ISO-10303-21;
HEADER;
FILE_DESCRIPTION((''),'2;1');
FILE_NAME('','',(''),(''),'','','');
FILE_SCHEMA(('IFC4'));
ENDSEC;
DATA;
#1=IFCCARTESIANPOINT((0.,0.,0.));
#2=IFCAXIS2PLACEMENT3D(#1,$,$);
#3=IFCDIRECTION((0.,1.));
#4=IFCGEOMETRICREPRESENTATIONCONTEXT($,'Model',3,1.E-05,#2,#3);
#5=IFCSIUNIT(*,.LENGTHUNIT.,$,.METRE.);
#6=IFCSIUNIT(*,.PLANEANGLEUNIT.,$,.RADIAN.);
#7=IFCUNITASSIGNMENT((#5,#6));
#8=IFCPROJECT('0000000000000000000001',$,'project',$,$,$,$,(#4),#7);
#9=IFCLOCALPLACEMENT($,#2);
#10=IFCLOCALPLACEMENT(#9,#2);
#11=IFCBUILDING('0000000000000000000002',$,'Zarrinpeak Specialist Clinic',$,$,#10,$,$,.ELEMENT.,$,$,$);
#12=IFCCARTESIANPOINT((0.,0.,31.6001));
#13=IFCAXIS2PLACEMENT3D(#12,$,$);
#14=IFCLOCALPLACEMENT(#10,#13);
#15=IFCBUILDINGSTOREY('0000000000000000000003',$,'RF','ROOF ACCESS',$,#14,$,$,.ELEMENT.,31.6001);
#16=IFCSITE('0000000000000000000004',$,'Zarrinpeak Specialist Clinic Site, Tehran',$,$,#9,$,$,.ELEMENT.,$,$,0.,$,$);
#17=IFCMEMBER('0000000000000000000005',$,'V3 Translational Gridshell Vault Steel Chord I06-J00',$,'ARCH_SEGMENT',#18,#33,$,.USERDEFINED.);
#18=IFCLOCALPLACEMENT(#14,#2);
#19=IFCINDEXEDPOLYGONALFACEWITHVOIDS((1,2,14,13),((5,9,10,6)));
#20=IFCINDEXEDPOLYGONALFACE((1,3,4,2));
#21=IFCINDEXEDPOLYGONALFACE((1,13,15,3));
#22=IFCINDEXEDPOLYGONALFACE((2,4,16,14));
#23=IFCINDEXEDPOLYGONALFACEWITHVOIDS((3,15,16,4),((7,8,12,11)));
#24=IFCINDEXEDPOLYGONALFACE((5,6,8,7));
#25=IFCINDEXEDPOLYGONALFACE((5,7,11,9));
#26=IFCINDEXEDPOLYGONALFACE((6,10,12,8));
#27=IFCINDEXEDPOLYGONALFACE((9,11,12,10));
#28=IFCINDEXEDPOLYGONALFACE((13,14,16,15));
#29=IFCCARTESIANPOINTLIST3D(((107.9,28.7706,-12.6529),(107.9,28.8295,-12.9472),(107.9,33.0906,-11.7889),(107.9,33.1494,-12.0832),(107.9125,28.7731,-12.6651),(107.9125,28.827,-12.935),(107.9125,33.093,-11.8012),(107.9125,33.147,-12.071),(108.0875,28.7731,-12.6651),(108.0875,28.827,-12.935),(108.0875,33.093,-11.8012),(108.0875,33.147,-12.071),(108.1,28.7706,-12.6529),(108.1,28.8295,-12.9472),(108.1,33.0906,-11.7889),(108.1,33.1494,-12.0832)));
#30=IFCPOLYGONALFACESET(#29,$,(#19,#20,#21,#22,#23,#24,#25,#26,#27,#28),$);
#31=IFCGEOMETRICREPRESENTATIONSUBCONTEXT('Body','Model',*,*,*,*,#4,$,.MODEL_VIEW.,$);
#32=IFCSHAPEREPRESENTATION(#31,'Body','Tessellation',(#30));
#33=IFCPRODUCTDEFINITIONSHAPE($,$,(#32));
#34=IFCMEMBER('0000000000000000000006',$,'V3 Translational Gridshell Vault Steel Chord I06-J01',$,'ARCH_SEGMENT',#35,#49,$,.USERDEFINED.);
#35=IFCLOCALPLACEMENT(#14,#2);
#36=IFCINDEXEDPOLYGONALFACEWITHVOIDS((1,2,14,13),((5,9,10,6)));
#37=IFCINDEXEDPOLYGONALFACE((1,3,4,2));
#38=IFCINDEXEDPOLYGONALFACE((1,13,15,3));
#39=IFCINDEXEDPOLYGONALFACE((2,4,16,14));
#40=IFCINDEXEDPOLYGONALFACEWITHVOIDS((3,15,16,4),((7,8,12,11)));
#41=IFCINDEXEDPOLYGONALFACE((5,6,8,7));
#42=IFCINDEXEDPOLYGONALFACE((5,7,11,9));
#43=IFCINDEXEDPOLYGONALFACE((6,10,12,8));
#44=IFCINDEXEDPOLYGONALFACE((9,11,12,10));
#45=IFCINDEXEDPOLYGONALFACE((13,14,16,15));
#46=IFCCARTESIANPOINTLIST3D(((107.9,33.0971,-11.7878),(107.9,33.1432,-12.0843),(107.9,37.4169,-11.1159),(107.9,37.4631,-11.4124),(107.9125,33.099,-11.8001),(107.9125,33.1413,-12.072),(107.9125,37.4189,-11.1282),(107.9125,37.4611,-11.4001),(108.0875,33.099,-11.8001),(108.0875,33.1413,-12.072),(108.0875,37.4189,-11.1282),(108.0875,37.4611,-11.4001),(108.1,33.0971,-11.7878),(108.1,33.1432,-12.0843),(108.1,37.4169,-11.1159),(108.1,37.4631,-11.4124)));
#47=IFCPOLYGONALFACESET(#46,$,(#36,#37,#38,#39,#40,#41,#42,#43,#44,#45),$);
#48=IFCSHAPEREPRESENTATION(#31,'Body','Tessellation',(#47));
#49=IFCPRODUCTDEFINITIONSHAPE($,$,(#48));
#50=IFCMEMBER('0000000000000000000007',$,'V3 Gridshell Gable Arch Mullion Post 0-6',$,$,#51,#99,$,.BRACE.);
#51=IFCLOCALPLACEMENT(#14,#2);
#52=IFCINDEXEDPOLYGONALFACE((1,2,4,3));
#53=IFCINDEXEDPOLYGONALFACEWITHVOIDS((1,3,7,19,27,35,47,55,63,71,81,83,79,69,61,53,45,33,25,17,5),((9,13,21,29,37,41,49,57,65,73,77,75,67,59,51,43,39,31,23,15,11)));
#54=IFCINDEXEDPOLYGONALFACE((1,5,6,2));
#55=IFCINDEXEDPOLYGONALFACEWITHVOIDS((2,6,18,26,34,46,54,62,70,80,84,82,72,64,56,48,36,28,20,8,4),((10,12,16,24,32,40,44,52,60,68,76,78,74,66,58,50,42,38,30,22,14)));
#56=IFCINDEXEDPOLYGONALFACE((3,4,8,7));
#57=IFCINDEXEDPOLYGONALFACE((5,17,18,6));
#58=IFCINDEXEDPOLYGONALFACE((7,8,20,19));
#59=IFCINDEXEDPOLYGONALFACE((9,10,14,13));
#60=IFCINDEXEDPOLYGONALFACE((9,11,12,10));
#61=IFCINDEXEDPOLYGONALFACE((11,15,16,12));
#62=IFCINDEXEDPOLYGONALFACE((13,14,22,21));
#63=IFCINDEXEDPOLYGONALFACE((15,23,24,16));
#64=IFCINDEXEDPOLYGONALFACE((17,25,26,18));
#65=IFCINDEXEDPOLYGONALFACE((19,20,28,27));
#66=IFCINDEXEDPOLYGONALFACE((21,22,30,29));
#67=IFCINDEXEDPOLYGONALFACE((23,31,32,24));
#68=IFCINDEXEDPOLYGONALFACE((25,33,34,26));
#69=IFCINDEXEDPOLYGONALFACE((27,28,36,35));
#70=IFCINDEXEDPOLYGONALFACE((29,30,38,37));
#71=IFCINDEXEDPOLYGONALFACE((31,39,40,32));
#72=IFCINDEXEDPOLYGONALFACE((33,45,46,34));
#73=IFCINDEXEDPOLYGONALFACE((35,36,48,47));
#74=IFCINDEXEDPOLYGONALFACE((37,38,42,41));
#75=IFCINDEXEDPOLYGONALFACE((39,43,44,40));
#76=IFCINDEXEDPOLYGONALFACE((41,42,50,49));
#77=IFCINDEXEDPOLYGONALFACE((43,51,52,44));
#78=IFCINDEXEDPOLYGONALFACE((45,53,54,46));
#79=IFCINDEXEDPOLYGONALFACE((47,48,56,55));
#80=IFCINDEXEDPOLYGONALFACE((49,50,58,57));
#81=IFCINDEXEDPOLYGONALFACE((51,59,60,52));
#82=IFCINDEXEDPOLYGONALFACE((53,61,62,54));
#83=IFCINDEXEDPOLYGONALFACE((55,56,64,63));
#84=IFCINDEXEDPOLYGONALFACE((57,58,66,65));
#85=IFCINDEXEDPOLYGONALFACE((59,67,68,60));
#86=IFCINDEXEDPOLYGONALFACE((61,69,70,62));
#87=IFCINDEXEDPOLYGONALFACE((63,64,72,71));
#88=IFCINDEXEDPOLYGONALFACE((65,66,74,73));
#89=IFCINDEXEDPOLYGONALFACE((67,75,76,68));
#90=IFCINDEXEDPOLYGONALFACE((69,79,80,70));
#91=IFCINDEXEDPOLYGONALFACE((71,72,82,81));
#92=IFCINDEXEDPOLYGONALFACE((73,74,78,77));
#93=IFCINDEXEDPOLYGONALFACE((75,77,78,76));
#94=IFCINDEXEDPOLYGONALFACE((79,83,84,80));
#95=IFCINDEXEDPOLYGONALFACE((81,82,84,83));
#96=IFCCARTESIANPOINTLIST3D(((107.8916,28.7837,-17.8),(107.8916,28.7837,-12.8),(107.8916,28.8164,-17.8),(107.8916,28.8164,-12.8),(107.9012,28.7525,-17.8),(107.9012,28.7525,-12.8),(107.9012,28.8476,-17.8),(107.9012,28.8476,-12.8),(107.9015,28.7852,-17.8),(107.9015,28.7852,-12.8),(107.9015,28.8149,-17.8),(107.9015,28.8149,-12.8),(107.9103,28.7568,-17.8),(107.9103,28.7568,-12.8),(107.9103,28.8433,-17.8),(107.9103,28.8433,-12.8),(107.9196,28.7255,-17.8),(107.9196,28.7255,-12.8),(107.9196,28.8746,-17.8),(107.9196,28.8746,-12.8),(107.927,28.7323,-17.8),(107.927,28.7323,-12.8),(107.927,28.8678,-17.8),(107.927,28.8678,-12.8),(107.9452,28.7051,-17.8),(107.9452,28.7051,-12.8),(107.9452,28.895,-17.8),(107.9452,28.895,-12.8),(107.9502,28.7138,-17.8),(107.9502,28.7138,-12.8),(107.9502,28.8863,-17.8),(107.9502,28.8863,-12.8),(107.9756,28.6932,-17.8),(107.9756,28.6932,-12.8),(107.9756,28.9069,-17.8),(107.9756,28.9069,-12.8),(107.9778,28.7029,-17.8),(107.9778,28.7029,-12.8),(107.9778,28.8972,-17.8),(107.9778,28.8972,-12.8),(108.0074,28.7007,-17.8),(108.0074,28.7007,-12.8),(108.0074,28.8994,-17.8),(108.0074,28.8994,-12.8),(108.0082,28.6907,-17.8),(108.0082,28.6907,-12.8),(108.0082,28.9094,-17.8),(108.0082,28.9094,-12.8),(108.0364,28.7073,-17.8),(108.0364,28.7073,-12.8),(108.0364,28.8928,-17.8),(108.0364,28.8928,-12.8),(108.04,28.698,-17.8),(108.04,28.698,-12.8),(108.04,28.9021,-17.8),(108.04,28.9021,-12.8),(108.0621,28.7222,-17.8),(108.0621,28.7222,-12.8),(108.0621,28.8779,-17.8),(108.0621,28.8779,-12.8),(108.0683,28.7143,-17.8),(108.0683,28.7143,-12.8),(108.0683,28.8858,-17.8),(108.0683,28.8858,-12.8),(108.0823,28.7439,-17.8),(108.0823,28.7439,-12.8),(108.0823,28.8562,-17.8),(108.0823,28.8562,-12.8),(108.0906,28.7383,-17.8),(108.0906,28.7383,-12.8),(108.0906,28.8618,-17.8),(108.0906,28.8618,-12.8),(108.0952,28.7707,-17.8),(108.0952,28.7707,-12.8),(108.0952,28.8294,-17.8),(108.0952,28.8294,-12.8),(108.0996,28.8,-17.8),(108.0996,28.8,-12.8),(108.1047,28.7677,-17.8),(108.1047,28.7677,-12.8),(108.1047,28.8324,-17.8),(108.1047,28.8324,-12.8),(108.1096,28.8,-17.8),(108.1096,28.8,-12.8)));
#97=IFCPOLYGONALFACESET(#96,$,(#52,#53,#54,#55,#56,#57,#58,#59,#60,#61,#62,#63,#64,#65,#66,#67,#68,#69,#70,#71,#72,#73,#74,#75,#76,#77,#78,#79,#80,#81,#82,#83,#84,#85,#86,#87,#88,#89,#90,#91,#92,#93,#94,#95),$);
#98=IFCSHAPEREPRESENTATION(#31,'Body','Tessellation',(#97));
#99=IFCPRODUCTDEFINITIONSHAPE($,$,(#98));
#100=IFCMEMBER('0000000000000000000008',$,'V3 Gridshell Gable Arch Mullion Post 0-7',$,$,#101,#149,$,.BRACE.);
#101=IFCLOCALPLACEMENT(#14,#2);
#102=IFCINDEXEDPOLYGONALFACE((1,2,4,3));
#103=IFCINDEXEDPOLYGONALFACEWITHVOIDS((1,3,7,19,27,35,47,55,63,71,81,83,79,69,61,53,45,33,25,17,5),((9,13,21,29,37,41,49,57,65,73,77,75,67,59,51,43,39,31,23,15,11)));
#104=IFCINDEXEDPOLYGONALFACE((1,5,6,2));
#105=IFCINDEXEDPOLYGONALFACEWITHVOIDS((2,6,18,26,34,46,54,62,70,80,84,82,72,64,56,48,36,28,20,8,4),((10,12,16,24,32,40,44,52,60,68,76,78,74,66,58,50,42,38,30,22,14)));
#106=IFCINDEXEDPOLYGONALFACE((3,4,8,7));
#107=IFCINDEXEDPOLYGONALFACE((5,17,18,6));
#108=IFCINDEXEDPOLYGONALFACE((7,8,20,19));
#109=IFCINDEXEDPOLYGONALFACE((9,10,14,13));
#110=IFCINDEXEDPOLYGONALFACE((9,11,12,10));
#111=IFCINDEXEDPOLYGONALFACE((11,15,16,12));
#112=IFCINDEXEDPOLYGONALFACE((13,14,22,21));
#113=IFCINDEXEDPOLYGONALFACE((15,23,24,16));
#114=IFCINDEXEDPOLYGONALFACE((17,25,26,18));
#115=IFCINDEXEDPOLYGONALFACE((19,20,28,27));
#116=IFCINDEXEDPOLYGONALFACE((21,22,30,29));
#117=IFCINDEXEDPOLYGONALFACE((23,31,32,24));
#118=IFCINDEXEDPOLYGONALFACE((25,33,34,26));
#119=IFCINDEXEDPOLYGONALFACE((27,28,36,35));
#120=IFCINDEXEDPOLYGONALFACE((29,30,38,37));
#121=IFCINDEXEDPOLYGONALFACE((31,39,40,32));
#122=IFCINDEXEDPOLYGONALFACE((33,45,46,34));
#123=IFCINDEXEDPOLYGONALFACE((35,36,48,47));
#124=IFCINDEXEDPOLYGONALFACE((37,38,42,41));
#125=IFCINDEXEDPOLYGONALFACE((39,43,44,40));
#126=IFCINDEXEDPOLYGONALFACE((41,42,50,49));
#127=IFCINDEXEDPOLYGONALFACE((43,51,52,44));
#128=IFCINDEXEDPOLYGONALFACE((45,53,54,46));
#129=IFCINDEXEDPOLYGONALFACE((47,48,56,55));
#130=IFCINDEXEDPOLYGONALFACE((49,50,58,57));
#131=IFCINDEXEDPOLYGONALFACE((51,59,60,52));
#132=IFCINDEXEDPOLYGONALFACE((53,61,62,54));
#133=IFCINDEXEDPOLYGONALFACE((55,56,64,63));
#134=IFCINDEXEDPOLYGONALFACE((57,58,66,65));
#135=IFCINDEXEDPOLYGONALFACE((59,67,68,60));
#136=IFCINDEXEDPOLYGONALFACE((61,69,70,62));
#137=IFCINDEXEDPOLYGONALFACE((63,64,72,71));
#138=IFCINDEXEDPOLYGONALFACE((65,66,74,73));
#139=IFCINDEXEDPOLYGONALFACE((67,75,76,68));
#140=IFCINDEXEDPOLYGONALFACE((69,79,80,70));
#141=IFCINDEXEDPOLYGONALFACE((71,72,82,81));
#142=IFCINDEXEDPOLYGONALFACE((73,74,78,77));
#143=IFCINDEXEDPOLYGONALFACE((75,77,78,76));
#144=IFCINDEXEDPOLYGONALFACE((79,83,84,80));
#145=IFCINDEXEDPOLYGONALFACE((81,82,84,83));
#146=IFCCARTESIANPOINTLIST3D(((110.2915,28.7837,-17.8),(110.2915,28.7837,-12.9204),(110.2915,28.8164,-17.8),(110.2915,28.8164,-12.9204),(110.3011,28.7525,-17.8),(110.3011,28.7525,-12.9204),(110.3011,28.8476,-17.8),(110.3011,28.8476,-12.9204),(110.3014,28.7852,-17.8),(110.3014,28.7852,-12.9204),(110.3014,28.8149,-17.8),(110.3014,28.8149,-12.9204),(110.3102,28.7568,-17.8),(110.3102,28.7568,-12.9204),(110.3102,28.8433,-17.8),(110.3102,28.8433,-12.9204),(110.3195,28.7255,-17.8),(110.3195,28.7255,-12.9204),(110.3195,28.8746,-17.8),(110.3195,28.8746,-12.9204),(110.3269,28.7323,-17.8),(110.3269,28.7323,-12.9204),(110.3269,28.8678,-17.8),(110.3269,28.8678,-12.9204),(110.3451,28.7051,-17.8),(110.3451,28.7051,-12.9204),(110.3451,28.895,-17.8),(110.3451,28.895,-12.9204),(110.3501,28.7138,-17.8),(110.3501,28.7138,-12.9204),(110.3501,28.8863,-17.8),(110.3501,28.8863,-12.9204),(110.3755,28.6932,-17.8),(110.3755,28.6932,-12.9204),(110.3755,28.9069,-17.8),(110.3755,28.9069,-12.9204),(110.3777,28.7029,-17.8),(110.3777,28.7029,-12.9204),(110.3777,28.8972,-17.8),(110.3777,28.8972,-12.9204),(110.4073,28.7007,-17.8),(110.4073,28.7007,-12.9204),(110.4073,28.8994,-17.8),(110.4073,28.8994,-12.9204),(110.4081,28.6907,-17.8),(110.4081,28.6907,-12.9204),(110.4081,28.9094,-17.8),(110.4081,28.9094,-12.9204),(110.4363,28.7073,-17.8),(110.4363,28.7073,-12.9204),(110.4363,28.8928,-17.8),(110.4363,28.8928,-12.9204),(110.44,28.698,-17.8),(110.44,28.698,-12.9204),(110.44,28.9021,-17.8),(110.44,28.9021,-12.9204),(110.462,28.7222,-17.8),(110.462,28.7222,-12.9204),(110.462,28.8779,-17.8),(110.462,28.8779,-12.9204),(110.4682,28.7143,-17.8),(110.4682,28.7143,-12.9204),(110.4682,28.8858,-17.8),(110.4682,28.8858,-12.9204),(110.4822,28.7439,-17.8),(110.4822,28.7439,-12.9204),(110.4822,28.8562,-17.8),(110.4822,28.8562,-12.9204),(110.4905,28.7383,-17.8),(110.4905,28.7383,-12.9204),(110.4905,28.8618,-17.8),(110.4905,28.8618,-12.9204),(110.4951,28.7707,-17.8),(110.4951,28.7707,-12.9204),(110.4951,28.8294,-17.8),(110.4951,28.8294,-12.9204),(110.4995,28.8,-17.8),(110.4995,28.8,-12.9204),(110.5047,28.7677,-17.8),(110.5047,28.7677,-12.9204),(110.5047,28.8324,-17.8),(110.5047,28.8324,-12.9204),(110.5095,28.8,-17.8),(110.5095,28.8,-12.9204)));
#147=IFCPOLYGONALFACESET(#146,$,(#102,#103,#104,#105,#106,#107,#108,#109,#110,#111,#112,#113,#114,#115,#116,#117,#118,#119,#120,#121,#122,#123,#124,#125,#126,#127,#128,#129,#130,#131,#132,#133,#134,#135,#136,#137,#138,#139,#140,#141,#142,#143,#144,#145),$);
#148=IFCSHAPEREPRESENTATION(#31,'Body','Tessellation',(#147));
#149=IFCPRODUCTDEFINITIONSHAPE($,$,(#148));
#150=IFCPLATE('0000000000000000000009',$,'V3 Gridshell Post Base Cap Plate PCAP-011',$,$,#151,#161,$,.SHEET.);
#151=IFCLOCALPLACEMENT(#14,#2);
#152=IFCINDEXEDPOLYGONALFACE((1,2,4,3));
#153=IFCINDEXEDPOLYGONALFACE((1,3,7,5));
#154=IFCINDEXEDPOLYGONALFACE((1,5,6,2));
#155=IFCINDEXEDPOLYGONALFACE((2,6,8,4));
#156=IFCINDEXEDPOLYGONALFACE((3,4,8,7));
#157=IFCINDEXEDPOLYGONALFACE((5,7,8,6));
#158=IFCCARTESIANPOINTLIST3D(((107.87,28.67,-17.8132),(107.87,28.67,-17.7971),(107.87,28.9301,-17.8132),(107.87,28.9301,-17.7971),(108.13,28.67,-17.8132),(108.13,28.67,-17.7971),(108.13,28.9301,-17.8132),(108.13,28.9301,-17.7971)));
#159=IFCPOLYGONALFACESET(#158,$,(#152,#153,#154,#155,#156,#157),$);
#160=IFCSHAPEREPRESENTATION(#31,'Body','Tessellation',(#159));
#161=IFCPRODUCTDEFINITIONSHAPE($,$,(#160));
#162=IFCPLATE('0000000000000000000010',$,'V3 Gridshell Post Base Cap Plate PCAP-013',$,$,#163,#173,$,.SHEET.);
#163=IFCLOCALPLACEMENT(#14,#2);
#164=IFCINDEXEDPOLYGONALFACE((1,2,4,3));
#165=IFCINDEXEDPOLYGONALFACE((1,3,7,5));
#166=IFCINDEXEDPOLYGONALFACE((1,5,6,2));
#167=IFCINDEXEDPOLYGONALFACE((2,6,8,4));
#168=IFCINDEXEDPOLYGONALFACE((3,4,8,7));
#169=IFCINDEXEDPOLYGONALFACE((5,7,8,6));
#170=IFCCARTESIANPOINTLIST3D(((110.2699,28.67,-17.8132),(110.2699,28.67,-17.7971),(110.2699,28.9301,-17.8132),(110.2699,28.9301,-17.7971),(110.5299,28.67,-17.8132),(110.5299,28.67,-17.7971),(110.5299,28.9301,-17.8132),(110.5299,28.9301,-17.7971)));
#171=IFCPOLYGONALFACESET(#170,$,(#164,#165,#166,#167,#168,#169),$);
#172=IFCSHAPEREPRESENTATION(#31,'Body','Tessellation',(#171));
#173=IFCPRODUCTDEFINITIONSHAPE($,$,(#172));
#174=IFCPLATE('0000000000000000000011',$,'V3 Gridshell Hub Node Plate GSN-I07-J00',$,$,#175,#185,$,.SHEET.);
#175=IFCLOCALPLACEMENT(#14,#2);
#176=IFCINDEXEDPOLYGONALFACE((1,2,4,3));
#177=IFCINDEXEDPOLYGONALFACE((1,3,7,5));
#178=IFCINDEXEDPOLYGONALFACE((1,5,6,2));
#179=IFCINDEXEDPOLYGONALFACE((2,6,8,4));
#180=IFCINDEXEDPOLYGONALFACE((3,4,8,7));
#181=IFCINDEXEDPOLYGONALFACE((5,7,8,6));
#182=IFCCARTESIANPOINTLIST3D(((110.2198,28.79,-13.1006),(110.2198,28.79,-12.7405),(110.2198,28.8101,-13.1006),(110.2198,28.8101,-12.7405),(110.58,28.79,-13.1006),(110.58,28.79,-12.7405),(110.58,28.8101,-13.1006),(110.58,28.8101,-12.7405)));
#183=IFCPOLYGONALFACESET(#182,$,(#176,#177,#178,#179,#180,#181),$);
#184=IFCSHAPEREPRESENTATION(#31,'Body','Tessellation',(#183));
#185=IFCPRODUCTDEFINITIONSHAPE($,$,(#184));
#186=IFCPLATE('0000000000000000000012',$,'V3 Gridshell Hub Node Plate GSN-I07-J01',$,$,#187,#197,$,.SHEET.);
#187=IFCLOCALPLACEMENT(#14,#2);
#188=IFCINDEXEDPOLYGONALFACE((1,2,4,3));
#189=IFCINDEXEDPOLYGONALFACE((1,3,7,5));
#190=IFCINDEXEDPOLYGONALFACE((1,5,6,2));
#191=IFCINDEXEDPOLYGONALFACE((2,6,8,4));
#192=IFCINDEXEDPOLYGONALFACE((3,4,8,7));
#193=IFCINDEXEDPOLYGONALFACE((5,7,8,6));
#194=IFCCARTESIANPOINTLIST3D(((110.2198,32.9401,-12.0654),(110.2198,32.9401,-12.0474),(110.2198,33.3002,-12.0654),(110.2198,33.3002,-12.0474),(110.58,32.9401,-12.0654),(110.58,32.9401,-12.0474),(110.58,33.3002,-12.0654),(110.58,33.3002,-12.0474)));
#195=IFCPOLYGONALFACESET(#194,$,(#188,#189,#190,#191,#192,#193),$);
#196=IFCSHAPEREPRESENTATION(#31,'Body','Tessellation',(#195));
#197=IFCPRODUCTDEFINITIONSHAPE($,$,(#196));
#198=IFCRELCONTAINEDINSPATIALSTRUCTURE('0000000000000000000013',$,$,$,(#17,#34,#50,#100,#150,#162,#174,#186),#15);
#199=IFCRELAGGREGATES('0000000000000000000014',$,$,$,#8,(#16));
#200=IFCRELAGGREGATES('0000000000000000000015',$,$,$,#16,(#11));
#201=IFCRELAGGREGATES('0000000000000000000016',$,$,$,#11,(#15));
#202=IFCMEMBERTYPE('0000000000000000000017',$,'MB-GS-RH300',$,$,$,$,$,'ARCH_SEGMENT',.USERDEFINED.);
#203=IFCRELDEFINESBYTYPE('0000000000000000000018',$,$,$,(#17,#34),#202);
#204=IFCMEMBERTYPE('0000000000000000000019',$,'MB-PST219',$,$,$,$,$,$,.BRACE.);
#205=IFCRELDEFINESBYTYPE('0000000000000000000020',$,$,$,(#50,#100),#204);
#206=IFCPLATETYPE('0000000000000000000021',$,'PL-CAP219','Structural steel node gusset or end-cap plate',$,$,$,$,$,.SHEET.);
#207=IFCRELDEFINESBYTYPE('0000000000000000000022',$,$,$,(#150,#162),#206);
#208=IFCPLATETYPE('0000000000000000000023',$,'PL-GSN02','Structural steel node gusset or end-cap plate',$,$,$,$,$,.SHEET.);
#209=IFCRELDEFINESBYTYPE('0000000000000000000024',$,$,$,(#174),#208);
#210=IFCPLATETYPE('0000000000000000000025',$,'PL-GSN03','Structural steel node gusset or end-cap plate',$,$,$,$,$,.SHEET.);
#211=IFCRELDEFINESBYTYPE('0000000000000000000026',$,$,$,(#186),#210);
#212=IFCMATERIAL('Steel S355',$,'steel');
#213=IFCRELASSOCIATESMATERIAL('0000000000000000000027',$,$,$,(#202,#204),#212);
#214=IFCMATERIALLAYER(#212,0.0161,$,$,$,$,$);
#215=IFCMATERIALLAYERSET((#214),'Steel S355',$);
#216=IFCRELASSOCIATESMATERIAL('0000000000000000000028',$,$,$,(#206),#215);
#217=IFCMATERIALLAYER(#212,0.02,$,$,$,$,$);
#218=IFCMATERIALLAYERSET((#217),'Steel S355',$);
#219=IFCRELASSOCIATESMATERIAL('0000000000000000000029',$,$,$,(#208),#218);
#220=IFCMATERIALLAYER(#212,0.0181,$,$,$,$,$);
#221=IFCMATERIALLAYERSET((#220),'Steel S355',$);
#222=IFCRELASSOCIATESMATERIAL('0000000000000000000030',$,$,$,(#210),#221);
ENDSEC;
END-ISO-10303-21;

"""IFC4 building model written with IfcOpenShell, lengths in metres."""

from ifc_helpers import new_model, si_unit, direction, frame, origin, origin_2d, place, context, subcontext, project, spatial, rectangle, hollow_rectangle, hollow_circle, extrude, material, layer, layer_set, material_profile, profile_set, type_object, element, save


model = new_model("IFC4")

# Units and contexts
model_context = context("Model", 3, precision=1e-05, world=origin(), true_north=direction((0.0, 1.0)))
body_context = subcontext(model_context, "Body", "Model", "MODEL_VIEW")
ifc_project = project(units=[si_unit("LENGTHUNIT", "METRE"), si_unit("PLANEANGLEUNIT", "RADIAN")], contexts=[model_context])

# Site, building, storey
site_placement = place(None, origin())
site = spatial("IfcSite", under=ifc_project, at=site_placement, Name="Zarrinpeak Specialist Clinic Site, Tehran", CompositionType="ELEMENT", RefElevation=0.0)
building_placement = place(site_placement, origin())
building = spatial("IfcBuilding", under=site, at=building_placement, Name="Zarrinpeak Specialist Clinic", CompositionType="ELEMENT")
storey_placement = place(building_placement, frame((0.0, 0.0, 31.6001)))
storey = spatial("IfcBuildingStorey", under=building, at=storey_placement, Name="RF", Description="ROOF ACCESS", CompositionType="ELEMENT", Elevation=31.6001)

# Members
ifc_material_1 = material(Name="Steel S355", Category="steel")
ifc_material_profile_1 = material_profile(ifc_material_1, hollow_rectangle(XDim=0.2, YDim=0.3, WallThickness=0.0125, at=origin_2d()), Name="RHS 300x200x12.5")
ifc_profile_set_1 = profile_set([ifc_material_profile_1], Name="Steel S355")
member_type_1 = type_object("IfcMemberType", Name="MB-GS-RH300", ElementType="ARCH_SEGMENT", PredefinedType="USERDEFINED", material=ifc_profile_set_1)
member_1_placement = place(storey_placement, frame((108.0, 28.8, -12.8), z_axis=(0.0, 0.980581, 0.196116), x_axis=(-1.0, 0.0, 0.0)))
element("IfcMember", 1, at=member_1_placement, inside=storey, type_object=member_type_1, Name="V3 Translational Gridshell Vault Steel Chord I06-J00", ObjectType="ARCH_SEGMENT", PredefinedType="USERDEFINED", context=body_context, shape_type="SweptSolid", body=[
    extrude(hollow_rectangle(XDim=0.2, YDim=0.3, WallThickness=0.0125, at=origin_2d()), origin(), (0.0, 0.0, 1.0), 4.4055),
])
member_2_placement = place(storey_placement, frame((108.0, 33.1201, -11.936), z_axis=(0.0, 0.98812, 0.153685), x_axis=(-1.0, 0.0, 0.0)))
element("IfcMember", 2, at=member_2_placement, inside=storey, type_object=member_type_1, Name="V3 Translational Gridshell Vault Steel Chord I06-J01", ObjectType="ARCH_SEGMENT", PredefinedType="USERDEFINED", context=body_context, shape_type="SweptSolid", body=[
    extrude(hollow_rectangle(XDim=0.2, YDim=0.3, WallThickness=0.0125, at=origin_2d()), origin(), (0.0, 0.0, 1.0), 4.3718),
])
ifc_material_profile_2 = material_profile(ifc_material_1, hollow_circle(Radius=0.1096, WallThickness=0.01, at=origin_2d()), Name="CHS 219.1x10.0")
ifc_profile_set_2 = profile_set([ifc_material_profile_2], Name="Steel S355")
member_type_2 = type_object("IfcMemberType", Name="MB-PST219", PredefinedType="BRACE", material=ifc_profile_set_2)
member_3_placement = place(storey_placement, frame((108.0, 28.8, -17.8), z_axis=(0.0, 0.0, 1.0), x_axis=(1.0, 0.0, 0.0)))
element("IfcMember", 3, at=member_3_placement, inside=storey, type_object=member_type_2, Name="V3 Gridshell Gable Arch Mullion Post 0-6", PredefinedType="BRACE", context=body_context, shape_type="SweptSolid", body=[
    extrude(hollow_circle(Radius=0.1096, WallThickness=0.01, at=origin_2d()), origin(), (0.0, 0.0, 1.0), 5.0),
])
member_4_placement = place(storey_placement, frame((110.3999, 28.8, -17.8), z_axis=(0.0, 0.0, 1.0), x_axis=(1.0, 0.0, 0.0)))
element("IfcMember", 4, at=member_4_placement, inside=storey, type_object=member_type_2, Name="V3 Gridshell Gable Arch Mullion Post 0-7", PredefinedType="BRACE", context=body_context, shape_type="SweptSolid", body=[
    extrude(hollow_circle(Radius=0.1096, WallThickness=0.01, at=origin_2d()), origin(), (0.0, 0.0, 1.0), 4.8796),
])

# Plates
ifc_layer_1 = layer(ifc_material_1, 0.0161)
ifc_layer_set_1 = layer_set([ifc_layer_1], Name="Steel S355")
plate_type_1 = type_object("IfcPlateType", Name="PL-CAP219", Description="Structural steel node gusset or end-cap plate", PredefinedType="SHEET", material=ifc_layer_set_1)
for number, where, z_axis, x_axis, name in (
    (5, (108.0, 28.8, -17.8132), (0.0, 0.0, 1.0), (1.0, 0.0, 0.0), "V3 Gridshell Post Base Cap Plate PCAP-011"),
    (6, (110.3999, 28.8, -17.8132), (0.0, 0.0, 1.0), (1.0, 0.0, 0.0), "V3 Gridshell Post Base Cap Plate PCAP-013"),
):
    element("IfcPlate", number, at=place(storey_placement, frame(where, z_axis=z_axis, x_axis=x_axis)), inside=storey, type_object=plate_type_1, Name=name, PredefinedType="SHEET", context=body_context, shape_type="SweptSolid", body=[
        extrude(rectangle(XDim=0.26, YDim=0.26, at=origin_2d()), origin(), (0.0, 0.0, 1.0), 0.0161),
    ])
ifc_layer_2 = layer(ifc_material_1, 0.02)
ifc_layer_set_2 = layer_set([ifc_layer_2], Name="Steel S355")
plate_type_2 = type_object("IfcPlateType", Name="PL-GSN02", Description="Structural steel node gusset or end-cap plate", PredefinedType="SHEET", material=ifc_layer_set_2)
plate_1_placement = place(storey_placement, frame((110.3999, 28.8, -13.1006), z_axis=(0.0, 0.0, 1.0), x_axis=(1.0, 0.0, 0.0)))
element("IfcPlate", 7, at=plate_1_placement, inside=storey, type_object=plate_type_2, Name="V3 Gridshell Hub Node Plate GSN-I07-J00", PredefinedType="SHEET", context=body_context, shape_type="SweptSolid", body=[
    extrude(rectangle(XDim=0.3601, YDim=0.02, at=origin_2d()), origin(), (0.0, 0.0, 1.0), 0.3601),
])
ifc_layer_3 = layer(ifc_material_1, 0.0181)
ifc_layer_set_3 = layer_set([ifc_layer_3], Name="Steel S355")
plate_type_3 = type_object("IfcPlateType", Name="PL-GSN03", Description="Structural steel node gusset or end-cap plate", PredefinedType="SHEET", material=ifc_layer_set_3)
plate_2_placement = place(storey_placement, frame((110.3999, 33.1201, -12.0654), z_axis=(0.0, 0.0, 1.0), x_axis=(1.0, 0.0, 0.0)))
element("IfcPlate", 8, at=plate_2_placement, inside=storey, type_object=plate_type_3, Name="V3 Gridshell Hub Node Plate GSN-I07-J01", PredefinedType="SHEET", context=body_context, shape_type="SweptSolid", body=[
    extrude(rectangle(XDim=0.3601, YDim=0.3601, at=origin_2d()), origin(), (0.0, 0.0, 1.0), 0.0181),
])

save(model, "model.ifc")
